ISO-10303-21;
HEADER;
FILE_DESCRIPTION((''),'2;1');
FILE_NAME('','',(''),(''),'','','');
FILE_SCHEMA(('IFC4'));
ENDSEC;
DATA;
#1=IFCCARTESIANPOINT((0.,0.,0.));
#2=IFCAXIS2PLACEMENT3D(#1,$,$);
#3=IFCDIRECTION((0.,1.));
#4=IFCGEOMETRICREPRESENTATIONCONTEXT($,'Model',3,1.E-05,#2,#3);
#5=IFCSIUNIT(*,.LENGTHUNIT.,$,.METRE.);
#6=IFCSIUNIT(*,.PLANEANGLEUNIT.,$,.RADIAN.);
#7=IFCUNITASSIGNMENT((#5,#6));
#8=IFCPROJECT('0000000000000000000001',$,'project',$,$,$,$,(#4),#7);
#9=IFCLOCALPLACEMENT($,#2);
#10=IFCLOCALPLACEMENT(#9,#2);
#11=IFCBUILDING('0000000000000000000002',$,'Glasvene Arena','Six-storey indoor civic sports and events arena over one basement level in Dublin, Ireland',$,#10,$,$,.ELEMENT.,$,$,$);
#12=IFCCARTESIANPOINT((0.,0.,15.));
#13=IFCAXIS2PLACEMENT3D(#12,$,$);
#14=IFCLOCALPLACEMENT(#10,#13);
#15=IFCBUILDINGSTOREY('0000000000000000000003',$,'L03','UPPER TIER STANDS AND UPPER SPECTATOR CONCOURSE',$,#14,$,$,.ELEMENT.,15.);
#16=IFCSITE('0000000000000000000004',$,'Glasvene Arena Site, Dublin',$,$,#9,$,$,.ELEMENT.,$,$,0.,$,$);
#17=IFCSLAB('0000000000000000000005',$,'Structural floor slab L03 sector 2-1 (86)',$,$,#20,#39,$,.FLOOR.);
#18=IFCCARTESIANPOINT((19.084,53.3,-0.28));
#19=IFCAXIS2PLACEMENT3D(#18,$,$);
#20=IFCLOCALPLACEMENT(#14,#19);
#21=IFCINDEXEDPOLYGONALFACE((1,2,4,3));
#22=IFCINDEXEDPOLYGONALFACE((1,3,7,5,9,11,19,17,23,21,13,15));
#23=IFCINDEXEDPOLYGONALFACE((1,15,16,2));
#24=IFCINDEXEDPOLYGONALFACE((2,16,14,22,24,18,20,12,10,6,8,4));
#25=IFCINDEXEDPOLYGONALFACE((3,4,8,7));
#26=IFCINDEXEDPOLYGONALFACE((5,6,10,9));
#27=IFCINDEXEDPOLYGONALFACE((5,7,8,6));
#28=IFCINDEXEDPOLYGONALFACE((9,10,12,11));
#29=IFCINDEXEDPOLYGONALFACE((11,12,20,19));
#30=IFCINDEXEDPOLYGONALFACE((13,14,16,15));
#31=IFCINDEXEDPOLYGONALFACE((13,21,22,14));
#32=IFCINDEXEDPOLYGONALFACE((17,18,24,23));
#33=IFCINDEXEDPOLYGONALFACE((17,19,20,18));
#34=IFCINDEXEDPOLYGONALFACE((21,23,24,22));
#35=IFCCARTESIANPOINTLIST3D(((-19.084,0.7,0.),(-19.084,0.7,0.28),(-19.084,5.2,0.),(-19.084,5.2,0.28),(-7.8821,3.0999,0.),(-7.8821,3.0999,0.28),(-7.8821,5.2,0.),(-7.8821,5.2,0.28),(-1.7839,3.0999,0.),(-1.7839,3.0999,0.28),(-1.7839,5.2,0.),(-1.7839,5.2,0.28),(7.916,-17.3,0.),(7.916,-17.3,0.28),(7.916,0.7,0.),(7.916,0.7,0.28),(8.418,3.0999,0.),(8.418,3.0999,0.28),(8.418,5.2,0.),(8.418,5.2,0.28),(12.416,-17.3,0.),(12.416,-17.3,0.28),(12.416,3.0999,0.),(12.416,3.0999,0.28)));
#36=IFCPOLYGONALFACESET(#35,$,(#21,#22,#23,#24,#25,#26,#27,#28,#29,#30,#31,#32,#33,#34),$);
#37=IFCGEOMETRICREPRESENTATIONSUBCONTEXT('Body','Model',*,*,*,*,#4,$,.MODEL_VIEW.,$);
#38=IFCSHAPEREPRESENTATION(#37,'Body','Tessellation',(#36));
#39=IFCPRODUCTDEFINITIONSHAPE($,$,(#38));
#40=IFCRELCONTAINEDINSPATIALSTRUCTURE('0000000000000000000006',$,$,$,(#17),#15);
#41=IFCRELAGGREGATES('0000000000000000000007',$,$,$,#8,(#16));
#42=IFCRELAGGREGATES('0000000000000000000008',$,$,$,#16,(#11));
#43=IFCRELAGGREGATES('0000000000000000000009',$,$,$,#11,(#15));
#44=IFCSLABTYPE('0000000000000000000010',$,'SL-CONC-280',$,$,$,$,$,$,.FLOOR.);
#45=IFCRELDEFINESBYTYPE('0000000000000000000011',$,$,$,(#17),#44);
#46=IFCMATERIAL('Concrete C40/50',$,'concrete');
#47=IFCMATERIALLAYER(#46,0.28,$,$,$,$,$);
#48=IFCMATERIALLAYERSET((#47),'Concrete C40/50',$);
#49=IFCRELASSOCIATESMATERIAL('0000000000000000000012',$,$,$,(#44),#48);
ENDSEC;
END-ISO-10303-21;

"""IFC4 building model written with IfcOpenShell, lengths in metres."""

from ifc_helpers import new_model, si_unit, direction, frame, origin, place, context, subcontext, project, spatial, polyline, outline, extrude, material, layer, layer_set, type_object, element, save


model = new_model("IFC4")

# Units and contexts
model_context = context("Model", 3, precision=1e-05, world=origin(), true_north=direction((0.0, 1.0)))
body_context = subcontext(model_context, "Body", "Model", "MODEL_VIEW")
ifc_project = project(units=[si_unit("LENGTHUNIT", "METRE"), si_unit("PLANEANGLEUNIT", "RADIAN")], contexts=[model_context])

# Site, building, storey
site_placement = place(None, origin())
site = spatial("IfcSite", under=ifc_project, at=site_placement, Name="Glasvene Arena Site, Dublin", CompositionType="ELEMENT", RefElevation=0.0)
building_placement = place(site_placement, origin())
building = spatial("IfcBuilding", under=site, at=building_placement, Name="Glasvene Arena", Description="Six-storey indoor civic sports and events arena over one basement level in Dublin, Ireland", CompositionType="ELEMENT")
storey_placement = place(building_placement, frame((0.0, 0.0, 15.0)))
storey = spatial("IfcBuildingStorey", under=building, at=storey_placement, Name="L03", Description="UPPER TIER STANDS AND UPPER SPECTATOR CONCOURSE", CompositionType="ELEMENT", Elevation=15.0)

# Slab
ifc_material_1 = material(Name="Concrete C40/50", Category="concrete")
ifc_layer_1 = layer(ifc_material_1, 0.28)
ifc_layer_set_1 = layer_set([ifc_layer_1], Name="Concrete C40/50")
slab_type = type_object("IfcSlabType", Name="SL-CONC-280", PredefinedType="FLOOR", material=ifc_layer_set_1)
slab_placement = place(storey_placement, frame((19.084, 53.3, -0.28)))
element("IfcSlab", 1, at=slab_placement, inside=storey, type_object=slab_type, Name="Structural floor slab L03 sector 2-1 (86)", PredefinedType="FLOOR", context=body_context, shape_type="SweptSolid", body=[
    extrude(outline(polyline([(-7.8821, 5.2), (-7.8821, 3.0999), (-1.7839, 3.0999), (-1.7839, 5.2), (8.418, 5.2), (8.418, 3.0999), (12.416, 3.0999), (12.416, -17.3), (7.916, -17.3), (7.916, 0.7), (-19.084, 0.7), (-19.084, 5.2), (-7.8821, 5.2)])), origin(), (0.0, 0.0, 1.0), 0.28),
])

save(model, "model.ifc")
